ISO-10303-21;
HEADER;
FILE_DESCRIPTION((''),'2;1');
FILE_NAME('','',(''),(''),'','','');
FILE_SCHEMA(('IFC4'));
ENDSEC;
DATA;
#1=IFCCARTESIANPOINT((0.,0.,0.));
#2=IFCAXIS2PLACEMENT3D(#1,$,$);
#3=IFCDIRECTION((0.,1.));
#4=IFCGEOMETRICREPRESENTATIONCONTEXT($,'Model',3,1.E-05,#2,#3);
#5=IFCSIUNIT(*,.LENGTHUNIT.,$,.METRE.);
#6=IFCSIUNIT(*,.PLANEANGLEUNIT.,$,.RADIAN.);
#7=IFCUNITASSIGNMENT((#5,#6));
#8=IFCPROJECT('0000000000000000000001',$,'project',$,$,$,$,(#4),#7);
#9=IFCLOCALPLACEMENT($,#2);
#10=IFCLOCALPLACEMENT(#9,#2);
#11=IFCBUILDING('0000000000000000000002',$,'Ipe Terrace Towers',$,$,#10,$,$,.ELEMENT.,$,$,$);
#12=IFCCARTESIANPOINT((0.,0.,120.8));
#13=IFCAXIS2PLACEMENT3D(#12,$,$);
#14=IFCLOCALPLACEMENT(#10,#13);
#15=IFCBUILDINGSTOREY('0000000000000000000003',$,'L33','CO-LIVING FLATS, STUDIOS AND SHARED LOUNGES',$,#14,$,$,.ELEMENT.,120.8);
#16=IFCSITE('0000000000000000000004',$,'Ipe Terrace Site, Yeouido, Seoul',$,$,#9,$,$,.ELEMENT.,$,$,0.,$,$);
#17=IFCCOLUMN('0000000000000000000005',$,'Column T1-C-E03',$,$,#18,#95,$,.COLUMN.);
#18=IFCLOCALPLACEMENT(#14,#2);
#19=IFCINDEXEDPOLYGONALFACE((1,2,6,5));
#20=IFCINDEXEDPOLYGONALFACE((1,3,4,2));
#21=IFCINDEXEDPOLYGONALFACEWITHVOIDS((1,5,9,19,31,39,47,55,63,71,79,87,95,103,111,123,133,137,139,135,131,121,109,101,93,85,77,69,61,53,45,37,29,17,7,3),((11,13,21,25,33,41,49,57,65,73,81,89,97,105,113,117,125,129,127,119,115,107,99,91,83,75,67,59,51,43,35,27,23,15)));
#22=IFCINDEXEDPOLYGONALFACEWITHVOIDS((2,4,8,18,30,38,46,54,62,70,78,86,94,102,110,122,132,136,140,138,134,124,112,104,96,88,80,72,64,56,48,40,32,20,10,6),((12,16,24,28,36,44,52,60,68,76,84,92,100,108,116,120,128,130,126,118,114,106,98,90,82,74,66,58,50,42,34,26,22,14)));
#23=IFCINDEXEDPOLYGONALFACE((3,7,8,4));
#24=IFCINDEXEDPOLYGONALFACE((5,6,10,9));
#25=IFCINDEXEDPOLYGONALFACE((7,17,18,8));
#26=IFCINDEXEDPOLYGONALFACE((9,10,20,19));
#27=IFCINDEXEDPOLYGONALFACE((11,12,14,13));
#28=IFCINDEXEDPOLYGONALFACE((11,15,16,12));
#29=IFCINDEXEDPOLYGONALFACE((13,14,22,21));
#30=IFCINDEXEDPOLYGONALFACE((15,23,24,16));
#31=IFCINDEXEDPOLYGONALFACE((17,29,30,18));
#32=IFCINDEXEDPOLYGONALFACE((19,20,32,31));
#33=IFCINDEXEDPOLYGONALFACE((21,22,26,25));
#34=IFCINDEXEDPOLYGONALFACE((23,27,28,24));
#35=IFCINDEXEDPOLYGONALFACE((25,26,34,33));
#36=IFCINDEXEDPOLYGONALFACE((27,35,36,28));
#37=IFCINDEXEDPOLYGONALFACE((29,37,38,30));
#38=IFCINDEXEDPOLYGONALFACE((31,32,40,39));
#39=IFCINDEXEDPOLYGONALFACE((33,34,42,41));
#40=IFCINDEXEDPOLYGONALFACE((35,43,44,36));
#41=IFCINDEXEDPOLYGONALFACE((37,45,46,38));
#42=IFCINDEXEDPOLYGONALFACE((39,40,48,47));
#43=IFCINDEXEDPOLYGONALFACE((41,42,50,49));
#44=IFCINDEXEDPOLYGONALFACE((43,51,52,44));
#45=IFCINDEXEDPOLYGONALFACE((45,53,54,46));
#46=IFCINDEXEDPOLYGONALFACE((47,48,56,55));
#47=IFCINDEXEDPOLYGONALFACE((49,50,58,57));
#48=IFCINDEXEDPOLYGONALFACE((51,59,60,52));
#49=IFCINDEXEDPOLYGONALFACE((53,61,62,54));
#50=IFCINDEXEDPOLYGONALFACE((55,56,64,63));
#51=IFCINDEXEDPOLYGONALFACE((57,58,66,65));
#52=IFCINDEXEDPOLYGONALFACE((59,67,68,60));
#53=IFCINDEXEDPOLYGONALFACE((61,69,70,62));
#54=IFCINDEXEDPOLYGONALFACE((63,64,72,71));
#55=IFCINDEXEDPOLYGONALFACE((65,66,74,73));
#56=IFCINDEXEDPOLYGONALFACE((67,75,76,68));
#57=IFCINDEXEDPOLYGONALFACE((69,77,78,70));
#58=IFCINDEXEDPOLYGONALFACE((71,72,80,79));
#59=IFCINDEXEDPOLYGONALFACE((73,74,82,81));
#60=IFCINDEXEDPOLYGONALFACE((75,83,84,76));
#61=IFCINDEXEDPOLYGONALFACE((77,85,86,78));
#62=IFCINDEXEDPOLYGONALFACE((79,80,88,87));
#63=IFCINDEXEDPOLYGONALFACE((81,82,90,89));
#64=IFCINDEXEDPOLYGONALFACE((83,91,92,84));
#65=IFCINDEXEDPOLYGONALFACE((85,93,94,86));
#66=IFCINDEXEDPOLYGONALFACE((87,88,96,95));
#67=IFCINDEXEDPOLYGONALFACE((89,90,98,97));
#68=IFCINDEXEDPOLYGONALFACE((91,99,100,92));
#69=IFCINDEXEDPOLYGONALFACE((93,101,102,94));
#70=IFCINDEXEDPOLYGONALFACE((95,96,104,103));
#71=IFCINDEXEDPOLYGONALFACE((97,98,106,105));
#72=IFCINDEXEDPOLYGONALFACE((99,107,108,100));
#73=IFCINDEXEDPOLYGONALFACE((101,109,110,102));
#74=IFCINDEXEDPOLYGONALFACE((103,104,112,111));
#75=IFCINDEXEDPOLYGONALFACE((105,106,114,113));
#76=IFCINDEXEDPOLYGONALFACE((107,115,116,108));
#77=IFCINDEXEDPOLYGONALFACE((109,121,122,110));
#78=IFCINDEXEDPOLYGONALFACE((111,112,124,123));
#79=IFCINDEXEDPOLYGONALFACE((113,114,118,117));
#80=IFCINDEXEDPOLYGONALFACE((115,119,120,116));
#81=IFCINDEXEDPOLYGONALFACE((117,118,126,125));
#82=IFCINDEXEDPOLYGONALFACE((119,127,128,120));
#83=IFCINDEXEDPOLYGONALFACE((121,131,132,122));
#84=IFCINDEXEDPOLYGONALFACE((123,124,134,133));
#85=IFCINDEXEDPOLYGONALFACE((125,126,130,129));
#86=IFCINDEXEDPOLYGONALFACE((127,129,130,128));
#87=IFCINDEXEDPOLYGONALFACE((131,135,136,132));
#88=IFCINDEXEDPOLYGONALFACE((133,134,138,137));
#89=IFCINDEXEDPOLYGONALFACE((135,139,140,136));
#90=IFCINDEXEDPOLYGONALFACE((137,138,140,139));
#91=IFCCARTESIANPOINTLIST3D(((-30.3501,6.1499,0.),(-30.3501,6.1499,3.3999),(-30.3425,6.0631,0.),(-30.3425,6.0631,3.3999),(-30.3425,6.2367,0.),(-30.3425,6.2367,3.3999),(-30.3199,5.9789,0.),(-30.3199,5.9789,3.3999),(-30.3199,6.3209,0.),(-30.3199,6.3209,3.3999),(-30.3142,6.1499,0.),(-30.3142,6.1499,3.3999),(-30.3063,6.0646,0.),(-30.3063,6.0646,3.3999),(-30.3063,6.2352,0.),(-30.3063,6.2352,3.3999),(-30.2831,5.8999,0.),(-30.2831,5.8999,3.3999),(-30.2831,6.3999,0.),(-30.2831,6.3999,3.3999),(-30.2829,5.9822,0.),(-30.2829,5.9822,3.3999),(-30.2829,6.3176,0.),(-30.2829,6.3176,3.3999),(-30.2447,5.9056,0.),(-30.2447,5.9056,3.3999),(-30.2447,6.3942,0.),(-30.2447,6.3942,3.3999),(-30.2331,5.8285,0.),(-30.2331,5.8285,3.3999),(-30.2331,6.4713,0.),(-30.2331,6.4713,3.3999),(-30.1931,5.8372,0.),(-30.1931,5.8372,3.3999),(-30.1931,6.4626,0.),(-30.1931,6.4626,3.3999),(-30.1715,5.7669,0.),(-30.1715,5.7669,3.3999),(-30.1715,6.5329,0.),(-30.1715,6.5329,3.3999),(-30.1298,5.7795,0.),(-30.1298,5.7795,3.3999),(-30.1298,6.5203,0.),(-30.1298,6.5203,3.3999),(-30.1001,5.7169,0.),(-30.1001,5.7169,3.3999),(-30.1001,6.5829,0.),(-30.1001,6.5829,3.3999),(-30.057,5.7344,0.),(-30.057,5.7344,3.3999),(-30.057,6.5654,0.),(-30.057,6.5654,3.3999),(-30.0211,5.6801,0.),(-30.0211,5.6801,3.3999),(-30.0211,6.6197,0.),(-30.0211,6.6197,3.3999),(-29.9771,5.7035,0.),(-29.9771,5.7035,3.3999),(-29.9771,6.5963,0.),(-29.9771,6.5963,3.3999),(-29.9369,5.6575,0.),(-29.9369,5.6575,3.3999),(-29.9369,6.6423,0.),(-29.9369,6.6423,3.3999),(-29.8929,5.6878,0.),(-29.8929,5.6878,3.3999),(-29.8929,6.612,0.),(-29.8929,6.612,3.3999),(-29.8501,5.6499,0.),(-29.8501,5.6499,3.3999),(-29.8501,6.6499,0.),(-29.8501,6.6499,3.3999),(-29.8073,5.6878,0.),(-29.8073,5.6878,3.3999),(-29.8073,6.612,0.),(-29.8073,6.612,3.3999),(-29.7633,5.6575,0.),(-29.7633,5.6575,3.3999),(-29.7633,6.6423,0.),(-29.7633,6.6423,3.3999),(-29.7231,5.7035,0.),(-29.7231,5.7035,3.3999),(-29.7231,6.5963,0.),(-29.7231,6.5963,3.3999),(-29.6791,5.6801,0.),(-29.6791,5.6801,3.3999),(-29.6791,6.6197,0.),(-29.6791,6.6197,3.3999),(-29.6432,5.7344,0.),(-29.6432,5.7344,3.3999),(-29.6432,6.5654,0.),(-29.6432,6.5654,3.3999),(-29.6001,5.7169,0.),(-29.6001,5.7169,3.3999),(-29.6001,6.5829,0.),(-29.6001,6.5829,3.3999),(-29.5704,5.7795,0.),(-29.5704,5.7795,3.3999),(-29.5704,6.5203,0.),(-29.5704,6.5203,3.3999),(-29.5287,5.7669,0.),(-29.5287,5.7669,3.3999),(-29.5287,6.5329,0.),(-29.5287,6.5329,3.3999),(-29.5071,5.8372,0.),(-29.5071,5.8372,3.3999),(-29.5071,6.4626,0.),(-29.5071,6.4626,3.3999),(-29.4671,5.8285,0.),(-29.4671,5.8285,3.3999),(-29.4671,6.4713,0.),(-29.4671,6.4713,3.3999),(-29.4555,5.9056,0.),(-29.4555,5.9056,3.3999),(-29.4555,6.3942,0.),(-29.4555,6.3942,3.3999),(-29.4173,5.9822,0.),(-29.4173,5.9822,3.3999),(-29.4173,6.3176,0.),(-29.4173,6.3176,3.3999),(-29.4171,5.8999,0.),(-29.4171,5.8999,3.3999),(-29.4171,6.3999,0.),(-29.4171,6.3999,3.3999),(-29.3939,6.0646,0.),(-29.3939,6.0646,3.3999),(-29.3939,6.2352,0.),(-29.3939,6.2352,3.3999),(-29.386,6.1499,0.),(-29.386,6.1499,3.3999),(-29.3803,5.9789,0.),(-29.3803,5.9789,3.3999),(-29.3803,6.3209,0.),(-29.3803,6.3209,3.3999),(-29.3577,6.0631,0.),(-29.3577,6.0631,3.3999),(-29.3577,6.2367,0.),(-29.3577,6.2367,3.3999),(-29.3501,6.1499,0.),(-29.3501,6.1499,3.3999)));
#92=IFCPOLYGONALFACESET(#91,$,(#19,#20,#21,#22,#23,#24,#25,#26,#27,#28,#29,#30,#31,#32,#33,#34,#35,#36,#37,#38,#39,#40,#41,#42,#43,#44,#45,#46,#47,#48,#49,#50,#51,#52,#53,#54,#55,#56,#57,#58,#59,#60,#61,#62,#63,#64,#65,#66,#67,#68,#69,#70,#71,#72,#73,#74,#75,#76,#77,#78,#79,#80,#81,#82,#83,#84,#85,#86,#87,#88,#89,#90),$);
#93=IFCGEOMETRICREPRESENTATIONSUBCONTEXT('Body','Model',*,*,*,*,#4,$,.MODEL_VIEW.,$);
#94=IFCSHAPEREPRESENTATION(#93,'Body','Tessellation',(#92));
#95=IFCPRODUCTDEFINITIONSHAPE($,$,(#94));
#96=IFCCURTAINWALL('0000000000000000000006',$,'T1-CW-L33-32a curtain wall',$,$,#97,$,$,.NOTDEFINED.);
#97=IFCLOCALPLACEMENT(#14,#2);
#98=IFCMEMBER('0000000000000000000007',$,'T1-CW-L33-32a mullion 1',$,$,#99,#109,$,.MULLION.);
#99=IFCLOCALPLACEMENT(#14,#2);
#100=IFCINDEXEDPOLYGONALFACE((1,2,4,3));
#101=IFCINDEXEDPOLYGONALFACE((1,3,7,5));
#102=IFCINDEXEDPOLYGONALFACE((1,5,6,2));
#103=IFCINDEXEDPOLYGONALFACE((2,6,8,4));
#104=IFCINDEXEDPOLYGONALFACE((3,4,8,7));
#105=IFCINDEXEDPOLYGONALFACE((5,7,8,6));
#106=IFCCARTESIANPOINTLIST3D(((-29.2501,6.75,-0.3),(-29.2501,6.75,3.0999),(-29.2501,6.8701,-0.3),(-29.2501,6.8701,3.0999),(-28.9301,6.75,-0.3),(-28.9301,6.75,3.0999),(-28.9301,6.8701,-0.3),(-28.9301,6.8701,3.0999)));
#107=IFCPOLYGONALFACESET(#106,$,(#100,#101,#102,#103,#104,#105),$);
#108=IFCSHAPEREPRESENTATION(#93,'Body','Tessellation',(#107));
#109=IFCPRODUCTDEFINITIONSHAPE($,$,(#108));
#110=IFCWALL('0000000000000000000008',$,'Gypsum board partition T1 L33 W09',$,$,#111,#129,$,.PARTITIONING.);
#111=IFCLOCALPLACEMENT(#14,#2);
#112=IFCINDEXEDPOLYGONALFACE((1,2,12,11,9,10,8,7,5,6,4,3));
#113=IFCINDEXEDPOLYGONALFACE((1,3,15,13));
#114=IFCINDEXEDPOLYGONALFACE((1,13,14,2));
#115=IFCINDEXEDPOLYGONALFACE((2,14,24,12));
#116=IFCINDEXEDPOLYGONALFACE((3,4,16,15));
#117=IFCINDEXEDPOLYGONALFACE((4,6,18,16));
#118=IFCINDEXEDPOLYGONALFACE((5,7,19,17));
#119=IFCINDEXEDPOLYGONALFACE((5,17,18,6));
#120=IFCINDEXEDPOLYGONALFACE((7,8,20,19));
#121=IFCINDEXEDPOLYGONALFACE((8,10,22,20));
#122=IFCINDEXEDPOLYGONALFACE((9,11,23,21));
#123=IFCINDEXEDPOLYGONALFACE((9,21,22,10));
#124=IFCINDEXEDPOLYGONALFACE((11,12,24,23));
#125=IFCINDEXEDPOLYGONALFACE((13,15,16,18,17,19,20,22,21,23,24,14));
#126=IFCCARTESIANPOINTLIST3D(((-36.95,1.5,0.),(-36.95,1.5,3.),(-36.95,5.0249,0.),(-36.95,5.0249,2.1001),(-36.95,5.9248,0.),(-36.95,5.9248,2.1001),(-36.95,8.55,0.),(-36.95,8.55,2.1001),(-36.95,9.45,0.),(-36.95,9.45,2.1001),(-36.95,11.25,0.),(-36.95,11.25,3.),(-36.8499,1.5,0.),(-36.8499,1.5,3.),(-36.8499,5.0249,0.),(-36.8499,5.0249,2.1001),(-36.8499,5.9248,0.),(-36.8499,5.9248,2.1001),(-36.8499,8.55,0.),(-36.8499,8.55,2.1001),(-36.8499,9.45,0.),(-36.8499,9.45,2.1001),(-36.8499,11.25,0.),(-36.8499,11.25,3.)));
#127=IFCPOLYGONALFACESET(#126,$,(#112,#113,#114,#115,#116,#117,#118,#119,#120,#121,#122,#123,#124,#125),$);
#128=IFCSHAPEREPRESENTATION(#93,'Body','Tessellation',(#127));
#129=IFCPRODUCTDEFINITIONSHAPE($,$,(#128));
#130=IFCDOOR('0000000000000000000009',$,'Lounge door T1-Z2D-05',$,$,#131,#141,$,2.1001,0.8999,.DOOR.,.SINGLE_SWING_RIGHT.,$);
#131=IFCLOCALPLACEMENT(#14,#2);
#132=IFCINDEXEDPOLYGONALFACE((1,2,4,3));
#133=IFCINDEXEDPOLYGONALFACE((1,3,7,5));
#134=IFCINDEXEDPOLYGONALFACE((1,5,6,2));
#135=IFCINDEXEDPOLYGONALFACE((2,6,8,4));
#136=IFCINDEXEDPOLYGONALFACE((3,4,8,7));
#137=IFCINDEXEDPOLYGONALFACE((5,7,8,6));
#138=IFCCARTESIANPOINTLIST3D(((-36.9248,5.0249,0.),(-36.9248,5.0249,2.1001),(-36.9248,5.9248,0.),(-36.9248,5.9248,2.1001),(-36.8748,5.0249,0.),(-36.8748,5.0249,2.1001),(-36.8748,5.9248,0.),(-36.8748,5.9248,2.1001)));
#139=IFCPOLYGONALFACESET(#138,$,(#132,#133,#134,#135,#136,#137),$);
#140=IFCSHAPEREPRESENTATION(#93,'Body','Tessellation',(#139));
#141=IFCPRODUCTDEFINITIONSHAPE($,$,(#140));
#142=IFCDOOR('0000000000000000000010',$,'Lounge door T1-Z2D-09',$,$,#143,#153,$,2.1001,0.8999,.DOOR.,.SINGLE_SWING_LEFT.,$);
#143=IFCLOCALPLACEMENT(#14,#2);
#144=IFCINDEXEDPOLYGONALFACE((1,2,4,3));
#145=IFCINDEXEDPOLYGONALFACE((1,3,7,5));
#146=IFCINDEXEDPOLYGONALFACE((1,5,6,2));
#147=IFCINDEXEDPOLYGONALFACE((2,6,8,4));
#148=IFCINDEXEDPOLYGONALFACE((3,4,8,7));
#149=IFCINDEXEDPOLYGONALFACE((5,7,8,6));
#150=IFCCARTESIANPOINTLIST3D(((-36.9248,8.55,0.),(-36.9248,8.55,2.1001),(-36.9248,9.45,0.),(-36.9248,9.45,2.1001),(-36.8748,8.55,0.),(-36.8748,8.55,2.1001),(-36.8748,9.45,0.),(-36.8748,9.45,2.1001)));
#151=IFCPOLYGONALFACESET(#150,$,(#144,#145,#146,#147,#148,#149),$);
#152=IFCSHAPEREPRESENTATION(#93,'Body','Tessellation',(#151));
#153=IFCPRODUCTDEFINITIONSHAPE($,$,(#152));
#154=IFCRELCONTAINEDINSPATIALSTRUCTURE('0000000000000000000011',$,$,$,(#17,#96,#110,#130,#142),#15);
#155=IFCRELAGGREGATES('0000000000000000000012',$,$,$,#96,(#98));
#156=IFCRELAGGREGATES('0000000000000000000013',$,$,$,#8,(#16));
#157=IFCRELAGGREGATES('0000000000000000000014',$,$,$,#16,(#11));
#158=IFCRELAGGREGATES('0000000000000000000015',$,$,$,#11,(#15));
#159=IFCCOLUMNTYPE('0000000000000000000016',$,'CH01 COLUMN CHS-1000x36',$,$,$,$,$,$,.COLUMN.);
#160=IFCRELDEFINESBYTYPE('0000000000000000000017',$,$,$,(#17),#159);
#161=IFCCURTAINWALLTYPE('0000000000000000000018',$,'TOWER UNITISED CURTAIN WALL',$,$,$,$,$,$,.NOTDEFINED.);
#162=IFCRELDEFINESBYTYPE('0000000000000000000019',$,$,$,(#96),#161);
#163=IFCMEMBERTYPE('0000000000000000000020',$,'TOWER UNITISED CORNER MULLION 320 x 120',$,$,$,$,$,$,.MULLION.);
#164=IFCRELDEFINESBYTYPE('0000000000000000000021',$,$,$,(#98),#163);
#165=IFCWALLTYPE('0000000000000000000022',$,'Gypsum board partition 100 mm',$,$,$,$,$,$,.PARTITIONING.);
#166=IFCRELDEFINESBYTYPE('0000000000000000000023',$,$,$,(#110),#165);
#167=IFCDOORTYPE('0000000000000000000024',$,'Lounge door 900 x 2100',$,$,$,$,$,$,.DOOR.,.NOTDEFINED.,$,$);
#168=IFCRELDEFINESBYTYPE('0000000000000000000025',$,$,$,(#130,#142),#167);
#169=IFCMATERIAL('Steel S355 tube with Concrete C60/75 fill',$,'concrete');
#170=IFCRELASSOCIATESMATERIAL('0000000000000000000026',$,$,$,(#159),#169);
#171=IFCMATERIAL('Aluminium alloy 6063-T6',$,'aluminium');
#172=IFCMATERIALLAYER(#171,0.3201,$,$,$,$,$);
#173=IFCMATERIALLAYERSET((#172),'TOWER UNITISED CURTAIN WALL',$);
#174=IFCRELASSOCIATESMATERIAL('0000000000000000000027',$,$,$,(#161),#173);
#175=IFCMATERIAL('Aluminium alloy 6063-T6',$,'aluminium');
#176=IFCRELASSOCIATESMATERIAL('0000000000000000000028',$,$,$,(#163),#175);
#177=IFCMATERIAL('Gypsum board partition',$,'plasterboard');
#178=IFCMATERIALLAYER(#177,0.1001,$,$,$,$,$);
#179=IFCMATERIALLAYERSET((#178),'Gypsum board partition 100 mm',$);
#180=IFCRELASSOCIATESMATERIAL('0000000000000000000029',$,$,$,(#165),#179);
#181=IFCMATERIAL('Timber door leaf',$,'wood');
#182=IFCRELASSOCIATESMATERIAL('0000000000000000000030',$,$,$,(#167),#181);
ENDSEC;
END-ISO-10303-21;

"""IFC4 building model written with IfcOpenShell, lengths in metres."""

from ifc_helpers import new_model, si_unit, direction, frame, frame_2d, origin, origin_2d, place, context, subcontext, project, spatial, rectangle, hollow_circle, extrude, material, layer, layer_set, material_profile, profile_set, type_object, element, fill, aggregate, save


model = new_model("IFC4")

# Units and contexts
model_context = context("Model", 3, precision=1e-05, world=origin(), true_north=direction((0.0, 1.0)))
body_context = subcontext(model_context, "Body", "Model", "MODEL_VIEW")
ifc_project = project(units=[si_unit("LENGTHUNIT", "METRE"), si_unit("PLANEANGLEUNIT", "RADIAN")], contexts=[model_context])

# Site, building, storey
site_placement = place(None, origin())
site = spatial("IfcSite", under=ifc_project, at=site_placement, Name="Ipe Terrace Site, Yeouido, Seoul", CompositionType="ELEMENT", RefElevation=0.0)
building_placement = place(site_placement, origin())
building = spatial("IfcBuilding", under=site, at=building_placement, Name="Ipe Terrace Towers", CompositionType="ELEMENT")
storey_placement = place(building_placement, frame((0.0, 0.0, 120.8)))
storey = spatial("IfcBuildingStorey", under=building, at=storey_placement, Name="L33", Description="CO-LIVING FLATS, STUDIOS AND SHARED LOUNGES", CompositionType="ELEMENT", Elevation=120.8)

# Column
ifc_material_1 = material(Name="Steel S355 tube with Concrete C60/75 fill", Category="concrete")
ifc_material_profile_1 = material_profile(ifc_material_1, hollow_circle(Radius=0.5, WallThickness=0.0359, at=origin_2d()), Name="CHS-1000x36")
ifc_profile_set_1 = profile_set([ifc_material_profile_1], Name="Steel S355 tube with Concrete C60/75 fill")
column_type = type_object("IfcColumnType", Name="CH01 COLUMN CHS-1000x36", PredefinedType="COLUMN", material=ifc_profile_set_1)
column_placement = place(storey_placement, frame((-29.8501, 6.1499, 0.0), z_axis=(0.0, 0.0, 1.0), x_axis=(1.0, 0.0, 0.0)))
element("IfcColumn", 1, at=column_placement, inside=storey, type_object=column_type, Name="Column T1-C-E03", PredefinedType="COLUMN", context=body_context, shape_type="SweptSolid", body=[
    extrude(hollow_circle(Radius=0.5, WallThickness=0.0359, at=origin_2d()), origin(), (0.0, 0.0, 1.0), 3.3999),
])

# Curtain wall, member
ifc_material_2 = material(Name="Aluminium alloy 6063-T6", Category="aluminium")
ifc_layer_1 = layer(ifc_material_2, 0.3201)
ifc_layer_set_1 = layer_set([ifc_layer_1], Name="TOWER UNITISED CURTAIN WALL")
curtain_wall_type = type_object("IfcCurtainWallType", Name="TOWER UNITISED CURTAIN WALL", PredefinedType="NOTDEFINED", material=ifc_layer_set_1)
curtain_wall_placement = place(storey_placement, origin())
curtain_wall = element("IfcCurtainWall", 2, at=curtain_wall_placement, inside=storey, type_object=curtain_wall_type, Name="T1-CW-L33-32a curtain wall", PredefinedType="NOTDEFINED")
ifc_material_3 = material(Name="Aluminium alloy 6063-T6", Category="aluminium")
ifc_material_profile_2 = material_profile(ifc_material_3, rectangle(XDim=0.3201, YDim=0.1201, at=origin_2d()), Name="TOWER UNITISED CORNER MULLION 320 x 120")
ifc_profile_set_2 = profile_set([ifc_material_profile_2], Name="Aluminium alloy 6063-T6")
member_type = type_object("IfcMemberType", Name="TOWER UNITISED CORNER MULLION 320 x 120", PredefinedType="MULLION", material=ifc_profile_set_2)
member_placement = place(storey_placement, frame((-29.0901, 6.8101, -0.3), z_axis=(0.0, 0.0, 1.0), x_axis=(1.0, 0.0, 0.0)))
member = element("IfcMember", 3, at=member_placement, type_object=member_type, Name="T1-CW-L33-32a mullion 1", PredefinedType="MULLION", context=body_context, shape_type="SweptSolid", body=[
    extrude(rectangle(XDim=0.3201, YDim=0.1201, at=origin_2d()), origin(), (0.0, 0.0, 1.0), 3.3999),
])
aggregate(curtain_wall, [member])

# Wall, openings, doors
ifc_material_4 = material(Name="Gypsum board partition", Category="plasterboard")
ifc_layer_2 = layer(ifc_material_4, 0.1001)
ifc_layer_set_2 = layer_set([ifc_layer_2], Name="Gypsum board partition 100 mm")
wall_type_1 = type_object("IfcWallType", Name="Gypsum board partition 100 mm", PredefinedType="PARTITIONING", material=ifc_layer_set_2)
wall_1_placement = place(storey_placement, frame((-36.8999, 1.5, 0.0), z_axis=(0.0, 0.0, 1.0), x_axis=(0.0, 1.0, 0.0)))
wall_1 = element("IfcWall", 4, at=wall_1_placement, inside=storey, type_object=wall_type_1, Name="Gypsum board partition T1 L33 W09", PredefinedType="PARTITIONING", context=body_context, shape_type="SweptSolid", body=[
    extrude(rectangle(XDim=9.75, YDim=0.1001, at=frame_2d((4.875, 0.0))), origin(), (0.0, 0.0, 1.0), 3.0),
])
opening_1_placement = place(wall_1_placement, frame((3.5249, 0.0, 0.0)))
opening_1 = element("IfcOpeningElement", 5, at=opening_1_placement, cuts=wall_1, PredefinedType="OPENING", context=body_context, shape_type="SweptSolid", body=[
    extrude(rectangle(XDim=0.8999, YDim=2.1001, at=frame_2d((0.45, 1.05))), frame((0.0, 0.0601, 0.0), z_axis=(0.0, -1.0, 0.0), x_axis=(1.0, 0.0, 0.0)), (0.0, 0.0, 1.0), 0.1201),
])
opening_2_placement = place(wall_1_placement, frame((7.05, 0.0, 0.0)))
opening_2 = element("IfcOpeningElement", 6, at=opening_2_placement, cuts=wall_1, PredefinedType="OPENING", context=body_context, shape_type="SweptSolid", body=[
    extrude(rectangle(XDim=0.8999, YDim=2.1001, at=frame_2d((0.45, 1.05))), frame((0.0, 0.0601, 0.0), z_axis=(0.0, -1.0, 0.0), x_axis=(1.0, 0.0, 0.0)), (0.0, 0.0, 1.0), 0.1201),
])
ifc_material_5 = material(Name="Timber door leaf", Category="wood")
door_type_1 = type_object("IfcDoorType", Name="Lounge door 900 x 2100", OperationType="NOTDEFINED", PredefinedType="DOOR", material=ifc_material_5)
door_1_placement = place(opening_1_placement, origin())
door_1 = element("IfcDoor", 7, at=door_1_placement, inside=storey, type_object=door_type_1, Name="Lounge door T1-Z2D-05", OperationType="SINGLE_SWING_RIGHT", OverallHeight=2.1001, OverallWidth=0.8999, PredefinedType="DOOR", context=body_context, shape_type="SweptSolid", body=[
    extrude(rectangle(XDim=0.8999, YDim=2.1001, at=frame_2d((0.45, 1.05))), frame((0.0, 0.0249, 0.0), z_axis=(0.0, -1.0, 0.0), x_axis=(1.0, 0.0, 0.0)), (0.0, 0.0, 1.0), 0.05),
])
fill(opening_1, door_1)
door_2_placement = place(opening_2_placement, origin())
door_2 = element("IfcDoor", 8, at=door_2_placement, inside=storey, type_object=door_type_1, Name="Lounge door T1-Z2D-09", OperationType="SINGLE_SWING_LEFT", OverallHeight=2.1001, OverallWidth=0.8999, PredefinedType="DOOR", context=body_context, shape_type="SweptSolid", body=[
    extrude(rectangle(XDim=0.8999, YDim=2.1001, at=frame_2d((0.45, 1.05))), frame((0.0, 0.0249, 0.0), z_axis=(0.0, -1.0, 0.0), x_axis=(1.0, 0.0, 0.0)), (0.0, 0.0, 1.0), 0.05),
])
fill(opening_2, door_2)

save(model, "model.ifc")
